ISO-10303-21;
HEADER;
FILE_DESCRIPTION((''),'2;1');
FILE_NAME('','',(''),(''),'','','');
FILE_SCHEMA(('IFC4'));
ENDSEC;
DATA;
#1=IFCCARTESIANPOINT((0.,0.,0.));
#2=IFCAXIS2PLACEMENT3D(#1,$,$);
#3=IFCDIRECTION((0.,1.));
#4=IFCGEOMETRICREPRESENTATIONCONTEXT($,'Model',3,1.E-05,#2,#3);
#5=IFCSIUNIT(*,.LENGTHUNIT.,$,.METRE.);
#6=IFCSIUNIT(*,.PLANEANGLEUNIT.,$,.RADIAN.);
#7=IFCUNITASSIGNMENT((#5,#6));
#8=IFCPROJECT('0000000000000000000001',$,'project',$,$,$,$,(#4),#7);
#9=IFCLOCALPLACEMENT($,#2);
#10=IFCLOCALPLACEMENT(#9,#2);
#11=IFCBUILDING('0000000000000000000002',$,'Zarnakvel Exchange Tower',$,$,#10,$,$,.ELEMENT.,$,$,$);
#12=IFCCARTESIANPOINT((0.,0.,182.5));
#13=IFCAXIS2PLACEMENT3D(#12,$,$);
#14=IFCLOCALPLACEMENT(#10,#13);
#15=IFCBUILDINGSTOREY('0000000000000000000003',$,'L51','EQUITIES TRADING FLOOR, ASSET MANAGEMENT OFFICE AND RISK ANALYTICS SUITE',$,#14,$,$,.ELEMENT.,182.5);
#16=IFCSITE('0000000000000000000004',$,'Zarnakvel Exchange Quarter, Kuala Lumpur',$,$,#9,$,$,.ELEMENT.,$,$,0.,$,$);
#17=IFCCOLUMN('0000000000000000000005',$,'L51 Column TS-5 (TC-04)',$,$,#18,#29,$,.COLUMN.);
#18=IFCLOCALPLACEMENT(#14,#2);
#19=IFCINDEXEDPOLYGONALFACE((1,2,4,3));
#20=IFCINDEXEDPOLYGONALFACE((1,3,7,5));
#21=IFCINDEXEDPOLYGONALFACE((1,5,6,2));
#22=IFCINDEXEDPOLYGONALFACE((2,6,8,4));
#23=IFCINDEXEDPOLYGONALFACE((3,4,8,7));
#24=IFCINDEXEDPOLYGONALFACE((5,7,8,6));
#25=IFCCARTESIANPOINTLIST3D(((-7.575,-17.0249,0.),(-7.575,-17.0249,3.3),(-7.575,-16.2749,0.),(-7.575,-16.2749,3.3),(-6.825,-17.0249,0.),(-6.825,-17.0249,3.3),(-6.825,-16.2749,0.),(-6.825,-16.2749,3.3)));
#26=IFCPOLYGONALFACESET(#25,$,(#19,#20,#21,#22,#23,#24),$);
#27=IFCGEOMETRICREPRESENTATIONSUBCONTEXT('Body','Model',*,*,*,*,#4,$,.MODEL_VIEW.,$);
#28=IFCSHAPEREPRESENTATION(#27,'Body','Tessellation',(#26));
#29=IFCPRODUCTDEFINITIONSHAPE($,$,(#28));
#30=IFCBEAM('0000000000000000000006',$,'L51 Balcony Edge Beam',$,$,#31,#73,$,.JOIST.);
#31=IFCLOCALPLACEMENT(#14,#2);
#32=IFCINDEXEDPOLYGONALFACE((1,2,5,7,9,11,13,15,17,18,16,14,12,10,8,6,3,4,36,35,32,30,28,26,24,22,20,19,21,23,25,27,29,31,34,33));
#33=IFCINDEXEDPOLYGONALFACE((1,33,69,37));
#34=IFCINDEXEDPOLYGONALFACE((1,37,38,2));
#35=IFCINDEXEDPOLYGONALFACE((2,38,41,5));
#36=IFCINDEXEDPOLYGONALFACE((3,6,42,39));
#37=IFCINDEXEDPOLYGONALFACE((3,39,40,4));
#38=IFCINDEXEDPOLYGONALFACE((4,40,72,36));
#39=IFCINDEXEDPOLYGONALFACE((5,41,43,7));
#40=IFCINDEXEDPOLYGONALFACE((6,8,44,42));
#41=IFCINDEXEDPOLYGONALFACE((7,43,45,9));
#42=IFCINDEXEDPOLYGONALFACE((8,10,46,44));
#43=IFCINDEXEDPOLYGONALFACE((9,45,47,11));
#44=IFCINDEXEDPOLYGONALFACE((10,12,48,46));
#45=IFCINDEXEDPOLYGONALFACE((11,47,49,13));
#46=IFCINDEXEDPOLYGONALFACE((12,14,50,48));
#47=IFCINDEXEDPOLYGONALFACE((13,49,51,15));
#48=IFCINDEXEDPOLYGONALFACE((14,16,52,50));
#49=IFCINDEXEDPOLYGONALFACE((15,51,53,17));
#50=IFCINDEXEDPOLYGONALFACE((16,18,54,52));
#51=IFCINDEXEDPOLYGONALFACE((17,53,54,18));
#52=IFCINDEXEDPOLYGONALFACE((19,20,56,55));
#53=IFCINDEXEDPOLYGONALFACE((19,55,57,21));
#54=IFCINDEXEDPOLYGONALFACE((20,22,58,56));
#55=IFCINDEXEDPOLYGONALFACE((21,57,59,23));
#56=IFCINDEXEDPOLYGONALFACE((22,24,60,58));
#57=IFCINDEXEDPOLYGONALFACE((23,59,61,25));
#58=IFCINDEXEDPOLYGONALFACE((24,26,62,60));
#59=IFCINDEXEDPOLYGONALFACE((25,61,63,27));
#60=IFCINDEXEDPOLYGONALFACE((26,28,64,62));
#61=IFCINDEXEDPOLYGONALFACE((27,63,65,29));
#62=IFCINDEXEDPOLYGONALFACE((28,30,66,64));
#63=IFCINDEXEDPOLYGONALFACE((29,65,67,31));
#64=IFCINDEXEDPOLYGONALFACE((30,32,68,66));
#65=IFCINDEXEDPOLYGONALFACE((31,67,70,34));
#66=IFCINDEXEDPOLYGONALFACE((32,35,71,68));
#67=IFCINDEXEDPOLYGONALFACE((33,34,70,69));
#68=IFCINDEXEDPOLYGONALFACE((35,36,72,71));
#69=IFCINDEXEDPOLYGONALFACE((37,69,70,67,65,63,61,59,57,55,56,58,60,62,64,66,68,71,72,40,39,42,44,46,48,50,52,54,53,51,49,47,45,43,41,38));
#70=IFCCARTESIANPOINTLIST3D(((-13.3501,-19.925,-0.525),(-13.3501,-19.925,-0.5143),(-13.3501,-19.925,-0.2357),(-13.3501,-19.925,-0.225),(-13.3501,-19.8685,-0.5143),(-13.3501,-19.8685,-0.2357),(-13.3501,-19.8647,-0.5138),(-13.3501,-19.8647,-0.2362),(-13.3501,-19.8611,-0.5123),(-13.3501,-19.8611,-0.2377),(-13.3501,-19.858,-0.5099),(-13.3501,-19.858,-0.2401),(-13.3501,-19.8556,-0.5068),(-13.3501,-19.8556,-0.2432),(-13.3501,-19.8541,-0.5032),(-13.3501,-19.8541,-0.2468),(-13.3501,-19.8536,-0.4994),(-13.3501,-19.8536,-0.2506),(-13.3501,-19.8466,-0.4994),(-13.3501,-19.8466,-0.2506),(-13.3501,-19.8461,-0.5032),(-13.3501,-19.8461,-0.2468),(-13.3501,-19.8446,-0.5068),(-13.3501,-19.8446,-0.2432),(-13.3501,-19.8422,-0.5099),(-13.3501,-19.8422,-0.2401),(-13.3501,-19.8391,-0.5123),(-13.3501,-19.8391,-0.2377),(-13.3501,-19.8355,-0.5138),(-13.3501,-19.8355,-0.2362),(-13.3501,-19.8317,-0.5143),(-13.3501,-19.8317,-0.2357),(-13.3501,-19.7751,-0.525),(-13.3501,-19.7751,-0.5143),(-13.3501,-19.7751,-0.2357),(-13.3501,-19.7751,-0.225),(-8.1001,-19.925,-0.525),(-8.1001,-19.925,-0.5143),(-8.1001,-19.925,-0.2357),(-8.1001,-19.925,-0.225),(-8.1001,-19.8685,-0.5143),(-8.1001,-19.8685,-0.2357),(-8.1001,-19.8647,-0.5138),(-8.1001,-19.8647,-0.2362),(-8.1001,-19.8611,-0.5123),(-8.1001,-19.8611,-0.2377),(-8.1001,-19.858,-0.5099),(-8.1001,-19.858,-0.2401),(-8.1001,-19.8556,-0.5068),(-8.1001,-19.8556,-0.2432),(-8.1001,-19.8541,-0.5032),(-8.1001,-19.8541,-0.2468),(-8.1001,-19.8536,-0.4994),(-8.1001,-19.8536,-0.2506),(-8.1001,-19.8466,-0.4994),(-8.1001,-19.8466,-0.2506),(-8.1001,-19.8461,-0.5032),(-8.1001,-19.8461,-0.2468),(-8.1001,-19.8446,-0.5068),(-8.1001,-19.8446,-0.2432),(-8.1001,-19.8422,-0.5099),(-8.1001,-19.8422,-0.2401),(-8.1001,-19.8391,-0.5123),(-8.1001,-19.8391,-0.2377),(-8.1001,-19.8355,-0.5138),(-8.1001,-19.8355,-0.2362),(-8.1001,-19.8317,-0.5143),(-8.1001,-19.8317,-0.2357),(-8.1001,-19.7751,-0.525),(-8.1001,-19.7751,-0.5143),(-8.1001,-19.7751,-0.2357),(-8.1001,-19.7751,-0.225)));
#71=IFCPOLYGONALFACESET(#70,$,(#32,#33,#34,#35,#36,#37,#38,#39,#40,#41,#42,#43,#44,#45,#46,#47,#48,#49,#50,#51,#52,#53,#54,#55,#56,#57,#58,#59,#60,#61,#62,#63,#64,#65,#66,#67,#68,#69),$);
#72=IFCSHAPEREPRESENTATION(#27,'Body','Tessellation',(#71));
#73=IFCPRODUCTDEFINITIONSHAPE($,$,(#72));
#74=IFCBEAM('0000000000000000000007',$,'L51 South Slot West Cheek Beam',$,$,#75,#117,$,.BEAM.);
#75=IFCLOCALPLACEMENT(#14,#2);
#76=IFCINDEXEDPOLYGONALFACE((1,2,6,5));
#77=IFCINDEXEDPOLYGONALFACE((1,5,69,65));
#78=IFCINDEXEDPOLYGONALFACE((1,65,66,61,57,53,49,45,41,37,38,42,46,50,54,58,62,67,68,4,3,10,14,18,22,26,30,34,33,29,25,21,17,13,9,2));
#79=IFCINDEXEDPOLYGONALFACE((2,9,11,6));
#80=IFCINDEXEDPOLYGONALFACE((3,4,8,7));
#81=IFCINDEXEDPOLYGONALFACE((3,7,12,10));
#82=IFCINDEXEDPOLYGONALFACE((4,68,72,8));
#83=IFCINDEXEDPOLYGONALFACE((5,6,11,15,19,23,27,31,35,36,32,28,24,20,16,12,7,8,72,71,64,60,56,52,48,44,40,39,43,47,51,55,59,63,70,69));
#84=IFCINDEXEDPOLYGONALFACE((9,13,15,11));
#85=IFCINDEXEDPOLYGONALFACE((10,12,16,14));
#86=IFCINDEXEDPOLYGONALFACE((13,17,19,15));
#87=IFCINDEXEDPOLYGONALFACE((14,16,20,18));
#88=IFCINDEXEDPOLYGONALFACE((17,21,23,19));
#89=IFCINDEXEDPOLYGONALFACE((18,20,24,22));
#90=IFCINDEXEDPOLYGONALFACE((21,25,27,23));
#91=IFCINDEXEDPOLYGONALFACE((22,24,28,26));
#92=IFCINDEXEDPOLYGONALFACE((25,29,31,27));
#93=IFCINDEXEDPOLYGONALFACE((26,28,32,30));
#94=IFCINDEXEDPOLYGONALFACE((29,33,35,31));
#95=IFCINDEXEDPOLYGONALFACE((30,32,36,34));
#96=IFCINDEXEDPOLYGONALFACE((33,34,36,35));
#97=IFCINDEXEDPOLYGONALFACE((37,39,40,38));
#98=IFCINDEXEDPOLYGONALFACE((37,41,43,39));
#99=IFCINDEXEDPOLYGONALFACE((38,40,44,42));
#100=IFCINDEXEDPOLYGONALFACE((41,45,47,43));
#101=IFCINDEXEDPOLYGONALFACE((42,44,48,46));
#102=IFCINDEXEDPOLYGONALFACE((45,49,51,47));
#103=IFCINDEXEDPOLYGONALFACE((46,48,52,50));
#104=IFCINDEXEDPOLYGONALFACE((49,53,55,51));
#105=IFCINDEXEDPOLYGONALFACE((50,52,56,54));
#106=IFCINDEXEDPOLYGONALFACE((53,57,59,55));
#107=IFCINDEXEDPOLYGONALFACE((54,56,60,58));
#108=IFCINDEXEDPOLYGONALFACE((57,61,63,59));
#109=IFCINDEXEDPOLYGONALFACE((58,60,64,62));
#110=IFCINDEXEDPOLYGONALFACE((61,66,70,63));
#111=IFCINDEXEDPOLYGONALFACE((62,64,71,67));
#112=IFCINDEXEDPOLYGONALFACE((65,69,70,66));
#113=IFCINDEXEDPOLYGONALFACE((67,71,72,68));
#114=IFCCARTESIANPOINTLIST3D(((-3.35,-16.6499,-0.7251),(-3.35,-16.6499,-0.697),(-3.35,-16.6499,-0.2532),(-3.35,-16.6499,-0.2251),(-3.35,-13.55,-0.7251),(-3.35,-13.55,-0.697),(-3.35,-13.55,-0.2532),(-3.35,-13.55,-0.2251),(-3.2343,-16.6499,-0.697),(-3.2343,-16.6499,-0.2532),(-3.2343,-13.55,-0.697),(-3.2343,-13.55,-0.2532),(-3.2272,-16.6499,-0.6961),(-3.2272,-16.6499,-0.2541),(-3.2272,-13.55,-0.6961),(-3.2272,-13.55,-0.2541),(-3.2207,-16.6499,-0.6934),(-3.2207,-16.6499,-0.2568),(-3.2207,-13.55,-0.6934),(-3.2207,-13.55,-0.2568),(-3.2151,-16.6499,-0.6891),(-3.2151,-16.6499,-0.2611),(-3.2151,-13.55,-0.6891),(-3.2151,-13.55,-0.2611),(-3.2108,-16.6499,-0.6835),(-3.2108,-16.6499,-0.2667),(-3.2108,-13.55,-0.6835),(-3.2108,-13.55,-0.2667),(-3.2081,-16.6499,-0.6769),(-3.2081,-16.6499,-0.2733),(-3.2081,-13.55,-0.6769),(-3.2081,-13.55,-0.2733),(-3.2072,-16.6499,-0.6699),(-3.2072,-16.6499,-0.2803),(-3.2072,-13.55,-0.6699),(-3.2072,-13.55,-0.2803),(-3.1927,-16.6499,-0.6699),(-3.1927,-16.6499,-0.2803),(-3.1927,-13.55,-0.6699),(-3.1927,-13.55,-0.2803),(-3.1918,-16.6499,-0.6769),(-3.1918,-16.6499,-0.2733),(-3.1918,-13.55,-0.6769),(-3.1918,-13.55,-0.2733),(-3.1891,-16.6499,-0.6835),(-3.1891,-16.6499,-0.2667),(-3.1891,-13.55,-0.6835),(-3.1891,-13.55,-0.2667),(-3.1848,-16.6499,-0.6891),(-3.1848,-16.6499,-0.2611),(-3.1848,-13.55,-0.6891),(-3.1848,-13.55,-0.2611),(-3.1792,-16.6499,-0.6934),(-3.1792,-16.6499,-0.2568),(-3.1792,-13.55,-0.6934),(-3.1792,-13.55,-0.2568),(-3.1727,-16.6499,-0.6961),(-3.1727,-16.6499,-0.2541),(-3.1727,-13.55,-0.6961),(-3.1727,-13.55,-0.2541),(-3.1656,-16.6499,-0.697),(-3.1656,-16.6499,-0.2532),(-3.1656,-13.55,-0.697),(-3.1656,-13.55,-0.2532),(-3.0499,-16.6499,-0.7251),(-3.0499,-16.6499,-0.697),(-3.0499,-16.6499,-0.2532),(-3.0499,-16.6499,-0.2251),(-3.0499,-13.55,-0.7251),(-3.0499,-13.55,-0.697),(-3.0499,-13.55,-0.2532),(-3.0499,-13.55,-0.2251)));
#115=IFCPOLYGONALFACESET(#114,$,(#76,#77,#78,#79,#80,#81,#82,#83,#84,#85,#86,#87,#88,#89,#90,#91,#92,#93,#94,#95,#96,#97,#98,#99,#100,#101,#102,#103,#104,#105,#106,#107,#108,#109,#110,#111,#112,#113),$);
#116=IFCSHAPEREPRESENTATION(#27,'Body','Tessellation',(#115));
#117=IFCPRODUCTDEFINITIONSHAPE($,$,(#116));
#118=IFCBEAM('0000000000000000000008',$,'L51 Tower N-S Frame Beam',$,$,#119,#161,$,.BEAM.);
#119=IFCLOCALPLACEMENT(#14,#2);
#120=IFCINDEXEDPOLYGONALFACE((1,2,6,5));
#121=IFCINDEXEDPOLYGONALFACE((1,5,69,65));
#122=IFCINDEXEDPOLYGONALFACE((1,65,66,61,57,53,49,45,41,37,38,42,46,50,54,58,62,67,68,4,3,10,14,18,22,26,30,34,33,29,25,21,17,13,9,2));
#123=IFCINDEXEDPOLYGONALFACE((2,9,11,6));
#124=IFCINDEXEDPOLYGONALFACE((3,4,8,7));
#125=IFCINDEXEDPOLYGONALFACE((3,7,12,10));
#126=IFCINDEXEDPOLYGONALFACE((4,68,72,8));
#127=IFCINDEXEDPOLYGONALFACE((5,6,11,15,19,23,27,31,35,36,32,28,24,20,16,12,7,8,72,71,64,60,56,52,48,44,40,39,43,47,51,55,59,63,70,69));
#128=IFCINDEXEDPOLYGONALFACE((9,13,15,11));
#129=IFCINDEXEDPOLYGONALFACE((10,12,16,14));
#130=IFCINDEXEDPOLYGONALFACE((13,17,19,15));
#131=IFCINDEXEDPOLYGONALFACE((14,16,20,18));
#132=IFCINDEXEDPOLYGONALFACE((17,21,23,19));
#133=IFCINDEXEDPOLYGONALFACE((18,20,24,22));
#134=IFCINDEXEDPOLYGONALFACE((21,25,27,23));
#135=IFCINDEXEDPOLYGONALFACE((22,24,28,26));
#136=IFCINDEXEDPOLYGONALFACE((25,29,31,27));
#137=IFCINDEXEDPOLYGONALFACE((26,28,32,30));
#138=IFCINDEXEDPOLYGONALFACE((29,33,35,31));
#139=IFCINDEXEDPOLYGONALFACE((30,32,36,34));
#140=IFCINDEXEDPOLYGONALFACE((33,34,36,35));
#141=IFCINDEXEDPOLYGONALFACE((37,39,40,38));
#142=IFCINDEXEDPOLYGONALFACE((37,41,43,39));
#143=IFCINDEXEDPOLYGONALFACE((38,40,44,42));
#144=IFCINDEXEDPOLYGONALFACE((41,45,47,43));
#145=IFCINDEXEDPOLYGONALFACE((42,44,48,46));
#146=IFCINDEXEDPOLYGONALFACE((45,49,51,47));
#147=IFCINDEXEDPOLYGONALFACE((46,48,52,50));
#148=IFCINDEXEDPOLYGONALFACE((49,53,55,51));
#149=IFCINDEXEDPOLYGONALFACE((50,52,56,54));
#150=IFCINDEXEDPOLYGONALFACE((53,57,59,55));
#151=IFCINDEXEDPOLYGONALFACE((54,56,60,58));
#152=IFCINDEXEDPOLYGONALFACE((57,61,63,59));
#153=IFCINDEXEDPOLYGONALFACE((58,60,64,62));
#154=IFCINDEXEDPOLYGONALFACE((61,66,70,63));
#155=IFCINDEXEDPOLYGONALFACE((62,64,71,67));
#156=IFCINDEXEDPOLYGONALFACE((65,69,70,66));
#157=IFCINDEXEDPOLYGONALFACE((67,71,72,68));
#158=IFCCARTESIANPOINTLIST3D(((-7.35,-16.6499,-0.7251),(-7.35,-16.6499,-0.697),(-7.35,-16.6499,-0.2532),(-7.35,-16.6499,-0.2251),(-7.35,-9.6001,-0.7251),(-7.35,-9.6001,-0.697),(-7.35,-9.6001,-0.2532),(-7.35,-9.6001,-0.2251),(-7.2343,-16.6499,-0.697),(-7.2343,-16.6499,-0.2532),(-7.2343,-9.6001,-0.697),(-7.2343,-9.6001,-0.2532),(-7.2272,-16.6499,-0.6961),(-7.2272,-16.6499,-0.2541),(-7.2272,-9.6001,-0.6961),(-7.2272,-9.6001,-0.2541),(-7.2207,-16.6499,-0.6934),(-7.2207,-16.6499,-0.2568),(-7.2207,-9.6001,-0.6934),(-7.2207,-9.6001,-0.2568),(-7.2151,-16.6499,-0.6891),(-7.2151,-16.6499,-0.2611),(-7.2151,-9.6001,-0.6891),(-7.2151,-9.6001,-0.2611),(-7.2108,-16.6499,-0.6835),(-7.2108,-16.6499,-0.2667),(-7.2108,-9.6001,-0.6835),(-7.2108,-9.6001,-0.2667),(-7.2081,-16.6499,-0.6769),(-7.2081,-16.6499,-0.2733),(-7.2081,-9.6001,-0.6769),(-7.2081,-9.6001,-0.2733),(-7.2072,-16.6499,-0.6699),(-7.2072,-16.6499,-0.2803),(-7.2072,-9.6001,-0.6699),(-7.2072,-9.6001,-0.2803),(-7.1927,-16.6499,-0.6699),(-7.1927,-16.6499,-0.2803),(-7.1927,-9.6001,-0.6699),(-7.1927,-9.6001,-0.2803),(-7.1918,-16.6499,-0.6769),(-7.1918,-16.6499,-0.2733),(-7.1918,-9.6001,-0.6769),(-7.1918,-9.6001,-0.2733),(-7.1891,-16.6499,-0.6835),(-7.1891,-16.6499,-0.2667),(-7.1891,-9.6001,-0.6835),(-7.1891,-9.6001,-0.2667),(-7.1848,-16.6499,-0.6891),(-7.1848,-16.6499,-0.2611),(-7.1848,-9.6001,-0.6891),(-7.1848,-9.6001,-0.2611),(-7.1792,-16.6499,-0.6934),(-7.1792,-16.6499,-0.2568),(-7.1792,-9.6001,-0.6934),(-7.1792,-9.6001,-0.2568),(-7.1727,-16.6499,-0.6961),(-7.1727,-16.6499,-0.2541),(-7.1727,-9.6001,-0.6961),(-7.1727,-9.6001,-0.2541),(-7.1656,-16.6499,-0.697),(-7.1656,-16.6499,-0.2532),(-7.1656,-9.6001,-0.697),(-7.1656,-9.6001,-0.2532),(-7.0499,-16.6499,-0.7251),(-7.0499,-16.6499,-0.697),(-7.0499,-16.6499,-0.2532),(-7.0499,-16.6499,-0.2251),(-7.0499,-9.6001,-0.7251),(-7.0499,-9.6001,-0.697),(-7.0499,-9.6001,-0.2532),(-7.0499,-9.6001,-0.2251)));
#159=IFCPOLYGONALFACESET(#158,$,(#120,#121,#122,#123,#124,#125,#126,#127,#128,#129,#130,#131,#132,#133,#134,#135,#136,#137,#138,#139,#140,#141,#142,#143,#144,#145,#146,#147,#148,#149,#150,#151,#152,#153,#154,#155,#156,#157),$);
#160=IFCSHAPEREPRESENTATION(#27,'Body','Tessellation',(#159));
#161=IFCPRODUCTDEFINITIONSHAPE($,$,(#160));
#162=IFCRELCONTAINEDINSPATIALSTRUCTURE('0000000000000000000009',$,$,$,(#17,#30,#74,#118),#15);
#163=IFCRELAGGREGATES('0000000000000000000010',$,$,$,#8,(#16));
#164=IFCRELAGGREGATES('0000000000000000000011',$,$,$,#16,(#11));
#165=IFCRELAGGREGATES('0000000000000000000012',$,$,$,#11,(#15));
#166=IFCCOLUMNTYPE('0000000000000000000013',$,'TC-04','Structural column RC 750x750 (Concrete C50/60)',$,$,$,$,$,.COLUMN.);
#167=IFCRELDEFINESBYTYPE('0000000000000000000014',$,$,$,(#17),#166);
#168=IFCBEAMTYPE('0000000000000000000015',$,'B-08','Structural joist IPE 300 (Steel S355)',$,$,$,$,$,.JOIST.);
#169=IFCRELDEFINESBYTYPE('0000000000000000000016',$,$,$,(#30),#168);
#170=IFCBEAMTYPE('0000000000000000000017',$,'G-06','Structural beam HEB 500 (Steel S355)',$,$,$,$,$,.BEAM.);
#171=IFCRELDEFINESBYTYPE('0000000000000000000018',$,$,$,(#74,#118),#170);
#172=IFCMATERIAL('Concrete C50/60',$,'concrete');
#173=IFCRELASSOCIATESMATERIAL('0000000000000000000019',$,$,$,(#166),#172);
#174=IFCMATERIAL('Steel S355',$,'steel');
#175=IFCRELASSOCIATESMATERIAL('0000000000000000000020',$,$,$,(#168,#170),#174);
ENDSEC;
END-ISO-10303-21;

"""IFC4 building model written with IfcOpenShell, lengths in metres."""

from ifc_helpers import new_model, si_unit, direction, frame, origin, origin_2d, place, context, subcontext, project, spatial, rectangle, i_section, extrude, material, material_profile, profile_set, type_object, element, save


model = new_model("IFC4")

# Units and contexts
model_context = context("Model", 3, precision=1e-05, world=origin(), true_north=direction((0.0, 1.0)))
body_context = subcontext(model_context, "Body", "Model", "MODEL_VIEW")
ifc_project = project(units=[si_unit("LENGTHUNIT", "METRE"), si_unit("PLANEANGLEUNIT", "RADIAN")], contexts=[model_context])

# Site, building, storey
site_placement = place(None, origin())
site = spatial("IfcSite", under=ifc_project, at=site_placement, Name="Zarnakvel Exchange Quarter, Kuala Lumpur", CompositionType="ELEMENT", RefElevation=0.0)
building_placement = place(site_placement, origin())
building = spatial("IfcBuilding", under=site, at=building_placement, Name="Zarnakvel Exchange Tower", CompositionType="ELEMENT")
storey_placement = place(building_placement, frame((0.0, 0.0, 182.5)))
storey = spatial("IfcBuildingStorey", under=building, at=storey_placement, Name="L51", Description="EQUITIES TRADING FLOOR, ASSET MANAGEMENT OFFICE AND RISK ANALYTICS SUITE", CompositionType="ELEMENT", Elevation=182.5)

# Column
ifc_material_1 = material(Name="Concrete C50/60", Category="concrete")
ifc_material_profile_1 = material_profile(ifc_material_1, rectangle(XDim=0.75, YDim=0.75, at=origin_2d()))
ifc_profile_set_1 = profile_set([ifc_material_profile_1], Name="Concrete C50/60")
column_type = type_object("IfcColumnType", Name="TC-04", Description="Structural column RC 750x750 (Concrete C50/60)", PredefinedType="COLUMN", material=ifc_profile_set_1)
column_placement = place(storey_placement, frame((-7.2, -16.6499, 0.0), z_axis=(0.0, 0.0, 1.0), x_axis=(1.0, 0.0, 0.0)))
element("IfcColumn", 1, at=column_placement, inside=storey, type_object=column_type, Name="L51 Column TS-5 (TC-04)", PredefinedType="COLUMN", context=body_context, shape_type="SweptSolid", body=[
    extrude(rectangle(XDim=0.75, YDim=0.75, at=origin_2d()), origin(), (0.0, 0.0, 1.0), 3.3),
])

# Beams
ifc_material_2 = material(Name="Steel S355", Category="steel")
ifc_material_profile_2 = material_profile(ifc_material_2, i_section(OverallWidth=0.1499, OverallDepth=0.3, WebThickness=0.0071, FlangeThickness=0.0107, FilletRadius=0.0149, at=origin_2d()))
ifc_profile_set_2 = profile_set([ifc_material_profile_2], Name="Steel S355")
beam_type_1 = type_object("IfcBeamType", Name="B-08", Description="Structural joist IPE 300 (Steel S355)", PredefinedType="JOIST", material=ifc_profile_set_2)
beam_1_placement = place(storey_placement, frame((-13.3501, -19.8501, -0.375), z_axis=(1.0, 0.0, 0.0), x_axis=(0.0, 1.0, 0.0)))
element("IfcBeam", 2, at=beam_1_placement, inside=storey, type_object=beam_type_1, Name="L51 Balcony Edge Beam", PredefinedType="JOIST", context=body_context, shape_type="SweptSolid", body=[
    extrude(i_section(OverallWidth=0.1499, OverallDepth=0.3, WebThickness=0.0071, FlangeThickness=0.0107, FilletRadius=0.0149, at=origin_2d()), origin(), (0.0, 0.0, 1.0), 5.25),
])
ifc_material_profile_3 = material_profile(ifc_material_2, i_section(OverallWidth=0.3, OverallDepth=0.5, WebThickness=0.0144, FlangeThickness=0.0281, FilletRadius=0.0271, at=origin_2d()))
ifc_profile_set_3 = profile_set([ifc_material_profile_3], Name="Steel S355")
beam_type_2 = type_object("IfcBeamType", Name="G-06", Description="Structural beam HEB 500 (Steel S355)", PredefinedType="BEAM", material=ifc_profile_set_3)
beam_2_placement = place(storey_placement, frame((-3.2, -16.6499, -0.4751), z_axis=(0.0, 1.0, 0.0), x_axis=(-1.0, 0.0, 0.0)))
element("IfcBeam", 3, at=beam_2_placement, inside=storey, type_object=beam_type_2, Name="L51 South Slot West Cheek Beam", PredefinedType="BEAM", context=body_context, shape_type="SweptSolid", body=[
    extrude(i_section(OverallWidth=0.3, OverallDepth=0.5, WebThickness=0.0144, FlangeThickness=0.0281, FilletRadius=0.0271, at=origin_2d()), origin(), (0.0, 0.0, 1.0), 3.0999),
])
beam_3_placement = place(storey_placement, frame((-7.2, -16.6499, -0.4751), z_axis=(0.0, 1.0, 0.0), x_axis=(-1.0, 0.0, 0.0)))
element("IfcBeam", 4, at=beam_3_placement, inside=storey, type_object=beam_type_2, Name="L51 Tower N-S Frame Beam", PredefinedType="BEAM", context=body_context, shape_type="SweptSolid", body=[
    extrude(i_section(OverallWidth=0.3, OverallDepth=0.5, WebThickness=0.0144, FlangeThickness=0.0281, FilletRadius=0.0271, at=origin_2d()), origin(), (0.0, 0.0, 1.0), 7.0498),
])

save(model, "model.ifc")
